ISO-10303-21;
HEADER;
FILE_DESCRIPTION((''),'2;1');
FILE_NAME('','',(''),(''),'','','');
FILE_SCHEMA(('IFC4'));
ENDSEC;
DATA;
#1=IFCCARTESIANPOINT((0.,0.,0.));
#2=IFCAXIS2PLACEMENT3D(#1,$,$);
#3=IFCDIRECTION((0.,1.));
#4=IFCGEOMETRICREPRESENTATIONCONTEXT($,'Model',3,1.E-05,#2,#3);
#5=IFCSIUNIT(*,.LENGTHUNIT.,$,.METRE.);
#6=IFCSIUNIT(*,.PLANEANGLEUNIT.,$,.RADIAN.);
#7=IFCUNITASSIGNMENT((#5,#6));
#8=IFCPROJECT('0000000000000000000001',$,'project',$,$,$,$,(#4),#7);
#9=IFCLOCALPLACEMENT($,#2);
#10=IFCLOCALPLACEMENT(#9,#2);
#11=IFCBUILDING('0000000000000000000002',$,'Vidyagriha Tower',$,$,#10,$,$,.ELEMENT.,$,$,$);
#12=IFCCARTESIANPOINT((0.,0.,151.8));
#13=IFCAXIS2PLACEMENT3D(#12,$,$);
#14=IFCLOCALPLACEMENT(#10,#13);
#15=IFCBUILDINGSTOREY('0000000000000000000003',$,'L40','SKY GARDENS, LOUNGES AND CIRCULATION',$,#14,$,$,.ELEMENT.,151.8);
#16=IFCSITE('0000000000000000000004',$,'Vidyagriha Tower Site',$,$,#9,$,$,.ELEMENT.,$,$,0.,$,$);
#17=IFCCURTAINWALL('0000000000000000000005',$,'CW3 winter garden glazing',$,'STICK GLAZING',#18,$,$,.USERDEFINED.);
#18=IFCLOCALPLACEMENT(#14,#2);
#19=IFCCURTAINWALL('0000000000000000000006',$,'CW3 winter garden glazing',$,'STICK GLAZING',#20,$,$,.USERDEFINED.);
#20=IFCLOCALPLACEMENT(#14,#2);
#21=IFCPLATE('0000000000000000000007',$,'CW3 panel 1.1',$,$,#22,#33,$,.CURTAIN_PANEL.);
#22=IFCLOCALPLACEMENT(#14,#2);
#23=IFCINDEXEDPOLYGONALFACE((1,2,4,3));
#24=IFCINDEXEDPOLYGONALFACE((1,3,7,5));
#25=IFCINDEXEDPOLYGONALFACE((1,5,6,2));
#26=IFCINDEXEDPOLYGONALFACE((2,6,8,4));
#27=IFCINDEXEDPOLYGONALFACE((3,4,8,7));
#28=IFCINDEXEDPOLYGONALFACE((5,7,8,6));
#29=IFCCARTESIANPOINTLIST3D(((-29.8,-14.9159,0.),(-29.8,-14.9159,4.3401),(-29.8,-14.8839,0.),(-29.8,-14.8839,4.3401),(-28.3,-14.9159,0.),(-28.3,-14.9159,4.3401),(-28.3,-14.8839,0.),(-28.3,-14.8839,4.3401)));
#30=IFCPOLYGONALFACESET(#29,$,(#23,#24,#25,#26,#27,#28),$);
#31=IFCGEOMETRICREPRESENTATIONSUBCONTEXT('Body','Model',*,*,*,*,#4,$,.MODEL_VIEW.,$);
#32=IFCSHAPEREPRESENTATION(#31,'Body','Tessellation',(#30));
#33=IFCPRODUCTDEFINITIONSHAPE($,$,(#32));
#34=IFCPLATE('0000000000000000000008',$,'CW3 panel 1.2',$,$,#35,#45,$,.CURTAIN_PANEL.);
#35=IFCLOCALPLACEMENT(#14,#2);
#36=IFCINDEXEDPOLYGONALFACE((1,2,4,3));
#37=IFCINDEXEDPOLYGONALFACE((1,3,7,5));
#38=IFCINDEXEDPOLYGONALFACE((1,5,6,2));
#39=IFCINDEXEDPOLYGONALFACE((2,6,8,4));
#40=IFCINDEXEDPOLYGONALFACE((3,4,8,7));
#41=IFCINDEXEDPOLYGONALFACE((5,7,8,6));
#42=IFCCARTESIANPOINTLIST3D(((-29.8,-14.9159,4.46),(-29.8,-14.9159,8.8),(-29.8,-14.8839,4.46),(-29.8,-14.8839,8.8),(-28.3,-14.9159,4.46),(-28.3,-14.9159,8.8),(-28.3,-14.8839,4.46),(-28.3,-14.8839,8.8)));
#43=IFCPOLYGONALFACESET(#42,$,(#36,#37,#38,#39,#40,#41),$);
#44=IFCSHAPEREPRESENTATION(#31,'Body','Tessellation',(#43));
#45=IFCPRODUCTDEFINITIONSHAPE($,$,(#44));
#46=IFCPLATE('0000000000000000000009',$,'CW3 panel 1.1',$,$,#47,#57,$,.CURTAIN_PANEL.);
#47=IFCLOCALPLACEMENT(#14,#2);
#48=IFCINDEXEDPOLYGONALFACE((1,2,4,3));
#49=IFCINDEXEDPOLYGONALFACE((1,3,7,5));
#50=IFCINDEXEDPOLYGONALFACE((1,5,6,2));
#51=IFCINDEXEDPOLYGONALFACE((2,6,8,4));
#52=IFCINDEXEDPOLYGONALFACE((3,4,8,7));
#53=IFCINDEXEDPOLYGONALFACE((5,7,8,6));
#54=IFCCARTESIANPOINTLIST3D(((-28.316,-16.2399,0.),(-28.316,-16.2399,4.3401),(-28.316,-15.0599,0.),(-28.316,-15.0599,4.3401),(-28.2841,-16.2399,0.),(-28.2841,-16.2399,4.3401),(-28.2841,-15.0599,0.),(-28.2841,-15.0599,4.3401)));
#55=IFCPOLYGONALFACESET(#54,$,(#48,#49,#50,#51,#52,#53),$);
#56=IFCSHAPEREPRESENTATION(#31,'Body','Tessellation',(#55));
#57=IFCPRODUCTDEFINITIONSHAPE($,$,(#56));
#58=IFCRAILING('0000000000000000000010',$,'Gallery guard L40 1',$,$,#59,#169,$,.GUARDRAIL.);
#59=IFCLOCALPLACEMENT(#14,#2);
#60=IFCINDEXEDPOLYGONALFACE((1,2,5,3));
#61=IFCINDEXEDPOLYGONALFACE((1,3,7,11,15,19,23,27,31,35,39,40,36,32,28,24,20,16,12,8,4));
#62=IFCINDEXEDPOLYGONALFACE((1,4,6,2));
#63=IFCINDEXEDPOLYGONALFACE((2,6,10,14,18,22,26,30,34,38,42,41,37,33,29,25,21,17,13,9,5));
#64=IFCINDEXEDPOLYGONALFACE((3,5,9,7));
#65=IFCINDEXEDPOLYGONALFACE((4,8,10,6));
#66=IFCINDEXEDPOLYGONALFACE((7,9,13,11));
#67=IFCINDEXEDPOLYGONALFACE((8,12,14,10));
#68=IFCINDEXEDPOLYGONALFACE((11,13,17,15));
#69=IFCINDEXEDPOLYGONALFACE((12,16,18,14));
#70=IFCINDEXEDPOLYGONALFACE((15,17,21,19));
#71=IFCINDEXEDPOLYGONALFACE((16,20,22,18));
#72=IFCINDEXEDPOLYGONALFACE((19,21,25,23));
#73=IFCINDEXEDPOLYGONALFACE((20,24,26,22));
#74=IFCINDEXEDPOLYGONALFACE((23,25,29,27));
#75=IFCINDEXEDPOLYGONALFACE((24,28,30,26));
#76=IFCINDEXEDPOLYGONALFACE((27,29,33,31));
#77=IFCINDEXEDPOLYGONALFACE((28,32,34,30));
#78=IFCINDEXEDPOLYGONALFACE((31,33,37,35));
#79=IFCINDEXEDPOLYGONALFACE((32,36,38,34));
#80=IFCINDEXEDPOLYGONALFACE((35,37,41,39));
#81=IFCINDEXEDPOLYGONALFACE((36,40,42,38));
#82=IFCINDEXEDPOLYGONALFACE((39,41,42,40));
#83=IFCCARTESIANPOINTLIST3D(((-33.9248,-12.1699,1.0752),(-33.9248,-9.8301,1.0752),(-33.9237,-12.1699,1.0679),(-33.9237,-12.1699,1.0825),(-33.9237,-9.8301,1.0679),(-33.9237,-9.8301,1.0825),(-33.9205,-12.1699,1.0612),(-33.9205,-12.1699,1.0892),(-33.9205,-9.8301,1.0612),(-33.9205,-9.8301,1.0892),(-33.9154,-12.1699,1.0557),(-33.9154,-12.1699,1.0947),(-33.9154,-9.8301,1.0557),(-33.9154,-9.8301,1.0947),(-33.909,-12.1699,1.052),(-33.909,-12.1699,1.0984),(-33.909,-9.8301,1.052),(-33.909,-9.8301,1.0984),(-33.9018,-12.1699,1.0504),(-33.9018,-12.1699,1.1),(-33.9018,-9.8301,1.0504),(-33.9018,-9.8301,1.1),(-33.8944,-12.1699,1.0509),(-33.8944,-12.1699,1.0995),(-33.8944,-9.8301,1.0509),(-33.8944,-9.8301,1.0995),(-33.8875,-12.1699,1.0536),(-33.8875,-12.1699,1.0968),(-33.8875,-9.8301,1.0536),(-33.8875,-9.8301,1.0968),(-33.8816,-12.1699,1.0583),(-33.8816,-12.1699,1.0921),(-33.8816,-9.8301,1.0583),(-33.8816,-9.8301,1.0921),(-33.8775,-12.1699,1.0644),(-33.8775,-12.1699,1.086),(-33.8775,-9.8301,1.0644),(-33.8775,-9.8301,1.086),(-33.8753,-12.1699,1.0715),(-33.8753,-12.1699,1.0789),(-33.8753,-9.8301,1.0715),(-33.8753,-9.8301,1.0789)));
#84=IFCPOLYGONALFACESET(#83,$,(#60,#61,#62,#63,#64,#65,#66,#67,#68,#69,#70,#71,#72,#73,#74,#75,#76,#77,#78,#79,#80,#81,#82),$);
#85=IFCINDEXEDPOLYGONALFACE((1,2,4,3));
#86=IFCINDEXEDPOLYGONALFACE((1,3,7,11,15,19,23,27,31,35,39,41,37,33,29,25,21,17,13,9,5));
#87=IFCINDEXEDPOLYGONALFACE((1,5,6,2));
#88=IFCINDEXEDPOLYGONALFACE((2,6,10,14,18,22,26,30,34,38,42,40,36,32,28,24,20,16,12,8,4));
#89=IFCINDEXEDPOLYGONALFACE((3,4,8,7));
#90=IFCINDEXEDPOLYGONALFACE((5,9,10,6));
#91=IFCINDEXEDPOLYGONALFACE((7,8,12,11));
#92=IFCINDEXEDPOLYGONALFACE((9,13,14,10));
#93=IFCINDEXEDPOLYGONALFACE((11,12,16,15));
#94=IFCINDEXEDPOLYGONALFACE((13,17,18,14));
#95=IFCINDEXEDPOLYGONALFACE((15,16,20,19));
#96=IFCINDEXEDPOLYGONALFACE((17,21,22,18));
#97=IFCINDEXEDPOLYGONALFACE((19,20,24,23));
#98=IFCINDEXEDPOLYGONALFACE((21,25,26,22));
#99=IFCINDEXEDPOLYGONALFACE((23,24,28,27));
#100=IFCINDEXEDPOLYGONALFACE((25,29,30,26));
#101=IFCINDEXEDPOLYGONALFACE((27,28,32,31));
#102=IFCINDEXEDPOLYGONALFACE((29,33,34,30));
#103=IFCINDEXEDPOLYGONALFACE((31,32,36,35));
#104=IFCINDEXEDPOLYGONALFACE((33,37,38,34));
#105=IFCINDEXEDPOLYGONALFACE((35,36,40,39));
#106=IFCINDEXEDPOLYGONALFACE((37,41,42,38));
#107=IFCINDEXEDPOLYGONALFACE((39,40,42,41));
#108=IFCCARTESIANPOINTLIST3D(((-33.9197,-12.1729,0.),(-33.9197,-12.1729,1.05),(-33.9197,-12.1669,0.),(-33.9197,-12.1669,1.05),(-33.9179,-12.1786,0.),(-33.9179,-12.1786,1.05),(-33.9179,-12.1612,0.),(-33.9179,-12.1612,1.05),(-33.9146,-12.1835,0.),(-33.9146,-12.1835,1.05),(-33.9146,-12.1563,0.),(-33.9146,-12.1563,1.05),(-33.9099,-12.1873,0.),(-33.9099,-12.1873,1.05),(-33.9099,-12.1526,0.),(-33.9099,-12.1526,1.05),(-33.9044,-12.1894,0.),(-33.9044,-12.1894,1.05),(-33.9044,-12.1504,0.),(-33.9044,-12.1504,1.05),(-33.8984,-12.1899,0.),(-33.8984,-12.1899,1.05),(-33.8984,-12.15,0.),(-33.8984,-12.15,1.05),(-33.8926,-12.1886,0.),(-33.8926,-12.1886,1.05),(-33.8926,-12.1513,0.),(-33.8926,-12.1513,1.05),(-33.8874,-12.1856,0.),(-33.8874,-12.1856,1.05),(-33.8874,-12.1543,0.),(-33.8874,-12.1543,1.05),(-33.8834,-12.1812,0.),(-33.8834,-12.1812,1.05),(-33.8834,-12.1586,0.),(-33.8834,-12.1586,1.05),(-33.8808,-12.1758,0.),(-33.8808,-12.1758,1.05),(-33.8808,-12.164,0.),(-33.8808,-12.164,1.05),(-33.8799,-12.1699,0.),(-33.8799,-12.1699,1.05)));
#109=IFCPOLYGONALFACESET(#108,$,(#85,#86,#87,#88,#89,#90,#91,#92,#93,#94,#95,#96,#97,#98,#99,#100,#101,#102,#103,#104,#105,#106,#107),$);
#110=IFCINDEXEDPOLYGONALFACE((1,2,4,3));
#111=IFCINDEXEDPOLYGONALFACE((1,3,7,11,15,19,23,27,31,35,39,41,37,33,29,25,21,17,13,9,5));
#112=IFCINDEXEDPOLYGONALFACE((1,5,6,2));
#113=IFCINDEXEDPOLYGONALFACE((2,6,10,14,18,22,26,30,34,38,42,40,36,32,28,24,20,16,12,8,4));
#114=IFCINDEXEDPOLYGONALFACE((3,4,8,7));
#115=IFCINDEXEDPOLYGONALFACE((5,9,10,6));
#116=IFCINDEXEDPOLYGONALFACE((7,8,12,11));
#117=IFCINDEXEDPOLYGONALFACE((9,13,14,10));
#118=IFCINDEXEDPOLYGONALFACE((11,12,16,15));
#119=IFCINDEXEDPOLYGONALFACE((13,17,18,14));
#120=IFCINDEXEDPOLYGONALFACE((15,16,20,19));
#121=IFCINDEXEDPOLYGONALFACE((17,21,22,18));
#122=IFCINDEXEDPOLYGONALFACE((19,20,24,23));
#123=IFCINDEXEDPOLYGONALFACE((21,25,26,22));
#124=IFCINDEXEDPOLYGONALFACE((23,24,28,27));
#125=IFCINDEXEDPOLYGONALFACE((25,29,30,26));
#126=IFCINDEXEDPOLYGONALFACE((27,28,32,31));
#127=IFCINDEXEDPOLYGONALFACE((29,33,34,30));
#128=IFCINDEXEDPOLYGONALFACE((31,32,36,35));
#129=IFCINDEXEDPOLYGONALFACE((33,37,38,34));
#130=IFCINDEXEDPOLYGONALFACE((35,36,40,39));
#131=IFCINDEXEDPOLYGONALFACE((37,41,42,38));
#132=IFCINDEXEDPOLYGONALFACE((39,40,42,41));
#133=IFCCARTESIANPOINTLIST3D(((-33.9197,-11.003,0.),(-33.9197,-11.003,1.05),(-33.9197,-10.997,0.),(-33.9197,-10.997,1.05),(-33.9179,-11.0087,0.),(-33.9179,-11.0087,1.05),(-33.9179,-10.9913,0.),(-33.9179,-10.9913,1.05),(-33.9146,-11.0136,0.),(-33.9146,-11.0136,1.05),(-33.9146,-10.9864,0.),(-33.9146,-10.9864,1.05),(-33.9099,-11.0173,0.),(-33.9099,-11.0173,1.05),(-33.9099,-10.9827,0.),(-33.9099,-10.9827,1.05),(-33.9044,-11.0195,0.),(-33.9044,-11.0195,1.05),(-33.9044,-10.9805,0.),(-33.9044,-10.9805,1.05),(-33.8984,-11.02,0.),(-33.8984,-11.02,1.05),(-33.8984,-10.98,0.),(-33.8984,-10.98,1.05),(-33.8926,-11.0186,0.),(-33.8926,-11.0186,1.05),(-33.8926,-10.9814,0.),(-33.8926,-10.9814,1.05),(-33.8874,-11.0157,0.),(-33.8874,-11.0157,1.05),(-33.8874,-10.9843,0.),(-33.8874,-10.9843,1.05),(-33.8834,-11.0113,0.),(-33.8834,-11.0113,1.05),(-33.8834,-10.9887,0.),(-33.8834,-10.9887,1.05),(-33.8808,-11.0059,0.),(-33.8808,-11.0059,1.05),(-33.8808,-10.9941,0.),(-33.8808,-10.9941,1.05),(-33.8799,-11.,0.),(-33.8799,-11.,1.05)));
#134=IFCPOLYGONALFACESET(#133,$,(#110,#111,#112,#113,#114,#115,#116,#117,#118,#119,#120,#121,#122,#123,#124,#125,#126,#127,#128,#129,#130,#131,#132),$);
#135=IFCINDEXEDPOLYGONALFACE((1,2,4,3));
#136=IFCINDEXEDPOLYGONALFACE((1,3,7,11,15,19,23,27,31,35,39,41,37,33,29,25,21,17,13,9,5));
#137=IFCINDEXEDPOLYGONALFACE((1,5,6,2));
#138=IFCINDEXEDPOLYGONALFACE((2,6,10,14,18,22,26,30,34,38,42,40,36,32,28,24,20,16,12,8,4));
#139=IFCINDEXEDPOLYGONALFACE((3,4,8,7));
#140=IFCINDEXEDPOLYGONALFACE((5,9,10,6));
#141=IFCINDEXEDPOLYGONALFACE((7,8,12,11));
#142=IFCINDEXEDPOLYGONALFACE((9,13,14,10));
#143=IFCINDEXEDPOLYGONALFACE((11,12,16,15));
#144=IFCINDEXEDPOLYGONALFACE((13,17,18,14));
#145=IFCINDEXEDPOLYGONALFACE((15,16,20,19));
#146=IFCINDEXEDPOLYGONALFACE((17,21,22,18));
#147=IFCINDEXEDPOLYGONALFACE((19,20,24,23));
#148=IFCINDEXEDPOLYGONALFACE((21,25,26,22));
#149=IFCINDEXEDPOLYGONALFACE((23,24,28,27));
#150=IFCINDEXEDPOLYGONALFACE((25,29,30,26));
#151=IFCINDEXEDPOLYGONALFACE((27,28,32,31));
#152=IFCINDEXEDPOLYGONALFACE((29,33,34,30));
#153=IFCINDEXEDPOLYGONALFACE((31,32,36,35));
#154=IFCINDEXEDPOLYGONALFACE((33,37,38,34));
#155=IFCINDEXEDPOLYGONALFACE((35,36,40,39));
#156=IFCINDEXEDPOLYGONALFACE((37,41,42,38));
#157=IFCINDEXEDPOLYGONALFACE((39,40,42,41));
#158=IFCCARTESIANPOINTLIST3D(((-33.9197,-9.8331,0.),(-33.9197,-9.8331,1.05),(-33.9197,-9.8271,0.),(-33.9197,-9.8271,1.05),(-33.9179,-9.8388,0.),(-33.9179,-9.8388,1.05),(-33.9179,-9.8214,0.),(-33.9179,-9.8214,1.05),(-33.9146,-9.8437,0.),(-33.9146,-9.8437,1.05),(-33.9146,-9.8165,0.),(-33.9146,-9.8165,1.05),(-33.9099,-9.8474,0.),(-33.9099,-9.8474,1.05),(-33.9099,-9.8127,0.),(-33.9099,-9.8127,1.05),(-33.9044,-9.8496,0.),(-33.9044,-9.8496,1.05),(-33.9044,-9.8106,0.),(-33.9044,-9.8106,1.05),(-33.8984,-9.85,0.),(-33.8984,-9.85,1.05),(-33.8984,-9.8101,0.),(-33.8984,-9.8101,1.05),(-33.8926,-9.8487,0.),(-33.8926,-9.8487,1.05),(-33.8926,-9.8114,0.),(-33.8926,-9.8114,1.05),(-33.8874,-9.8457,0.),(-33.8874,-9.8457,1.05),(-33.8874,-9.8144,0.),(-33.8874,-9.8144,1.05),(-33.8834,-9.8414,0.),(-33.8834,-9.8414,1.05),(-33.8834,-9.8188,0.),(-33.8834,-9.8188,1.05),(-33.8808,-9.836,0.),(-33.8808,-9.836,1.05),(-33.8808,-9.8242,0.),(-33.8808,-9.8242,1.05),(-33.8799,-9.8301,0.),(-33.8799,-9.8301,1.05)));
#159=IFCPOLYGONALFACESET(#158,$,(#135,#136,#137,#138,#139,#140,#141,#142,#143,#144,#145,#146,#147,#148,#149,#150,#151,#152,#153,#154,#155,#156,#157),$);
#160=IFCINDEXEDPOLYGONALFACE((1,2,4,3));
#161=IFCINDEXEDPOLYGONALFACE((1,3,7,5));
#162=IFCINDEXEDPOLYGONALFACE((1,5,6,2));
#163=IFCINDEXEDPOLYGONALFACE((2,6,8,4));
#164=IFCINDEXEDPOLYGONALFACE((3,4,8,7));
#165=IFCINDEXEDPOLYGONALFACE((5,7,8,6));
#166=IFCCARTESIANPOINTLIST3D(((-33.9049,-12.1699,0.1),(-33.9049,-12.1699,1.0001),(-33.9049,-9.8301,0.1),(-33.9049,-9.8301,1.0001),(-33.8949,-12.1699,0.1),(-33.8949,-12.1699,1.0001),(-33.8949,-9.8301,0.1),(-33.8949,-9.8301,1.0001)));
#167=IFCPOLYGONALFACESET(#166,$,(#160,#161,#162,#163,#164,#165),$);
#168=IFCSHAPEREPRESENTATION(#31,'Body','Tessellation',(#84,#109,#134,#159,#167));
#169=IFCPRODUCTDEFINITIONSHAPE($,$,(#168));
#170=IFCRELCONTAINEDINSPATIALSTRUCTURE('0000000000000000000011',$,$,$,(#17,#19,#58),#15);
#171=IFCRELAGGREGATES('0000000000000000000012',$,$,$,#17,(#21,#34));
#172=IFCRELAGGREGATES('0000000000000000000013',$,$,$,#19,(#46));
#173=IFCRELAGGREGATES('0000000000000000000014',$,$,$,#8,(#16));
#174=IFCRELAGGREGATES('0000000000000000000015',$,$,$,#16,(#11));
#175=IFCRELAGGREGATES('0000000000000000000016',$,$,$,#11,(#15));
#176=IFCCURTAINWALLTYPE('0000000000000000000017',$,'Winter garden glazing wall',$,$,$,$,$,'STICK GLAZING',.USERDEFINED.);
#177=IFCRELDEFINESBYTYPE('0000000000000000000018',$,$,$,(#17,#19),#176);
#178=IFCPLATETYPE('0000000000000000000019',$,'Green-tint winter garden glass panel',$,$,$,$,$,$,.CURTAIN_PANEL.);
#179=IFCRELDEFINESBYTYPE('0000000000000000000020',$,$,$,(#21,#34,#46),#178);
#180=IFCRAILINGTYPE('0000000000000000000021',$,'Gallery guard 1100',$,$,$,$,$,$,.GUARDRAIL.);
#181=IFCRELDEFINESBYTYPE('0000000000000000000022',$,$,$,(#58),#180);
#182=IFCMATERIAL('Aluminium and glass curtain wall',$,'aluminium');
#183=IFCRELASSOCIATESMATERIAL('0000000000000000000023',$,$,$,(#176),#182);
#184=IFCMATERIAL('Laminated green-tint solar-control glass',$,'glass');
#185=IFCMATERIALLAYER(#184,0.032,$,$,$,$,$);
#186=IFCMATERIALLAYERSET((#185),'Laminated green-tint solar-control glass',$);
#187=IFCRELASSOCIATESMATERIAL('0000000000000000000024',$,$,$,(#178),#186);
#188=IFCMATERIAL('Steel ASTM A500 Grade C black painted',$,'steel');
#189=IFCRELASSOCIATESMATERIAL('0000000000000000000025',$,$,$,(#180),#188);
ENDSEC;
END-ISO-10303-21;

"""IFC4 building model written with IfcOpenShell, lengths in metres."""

from ifc_helpers import new_model, si_unit, direction, frame, origin, origin_2d, place, context, subcontext, project, spatial, rectangle, circle, extrude, material, layer, layer_set, type_object, element, aggregate, save


model = new_model("IFC4")

# Units and contexts
model_context = context("Model", 3, precision=1e-05, world=origin(), true_north=direction((0.0, 1.0)))
body_context = subcontext(model_context, "Body", "Model", "MODEL_VIEW")
ifc_project = project(units=[si_unit("LENGTHUNIT", "METRE"), si_unit("PLANEANGLEUNIT", "RADIAN")], contexts=[model_context])

# Site, building, storey
site_placement = place(None, origin())
site = spatial("IfcSite", under=ifc_project, at=site_placement, Name="Vidyagriha Tower Site", CompositionType="ELEMENT", RefElevation=0.0)
building_placement = place(site_placement, origin())
building = spatial("IfcBuilding", under=site, at=building_placement, Name="Vidyagriha Tower", CompositionType="ELEMENT")
storey_placement = place(building_placement, frame((0.0, 0.0, 151.8)))
storey = spatial("IfcBuildingStorey", under=building, at=storey_placement, Name="L40", Description="SKY GARDENS, LOUNGES AND CIRCULATION", CompositionType="ELEMENT", Elevation=151.8)

# Shared definitions
ifc_material_1 = material(Name="Aluminium and glass curtain wall", Category="aluminium")
curtain_wall_type = type_object("IfcCurtainWallType", Name="Winter garden glazing wall", ElementType="STICK GLAZING", PredefinedType="USERDEFINED", material=ifc_material_1)

# Curtain walls
curtain_wall_1_placement = place(storey_placement, origin())
curtain_wall_1 = element("IfcCurtainWall", 1, at=curtain_wall_1_placement, inside=storey, type_object=curtain_wall_type, Name="CW3 winter garden glazing", ObjectType="STICK GLAZING", PredefinedType="USERDEFINED")
curtain_wall_2_placement = place(storey_placement, origin())
curtain_wall_2 = element("IfcCurtainWall", 2, at=curtain_wall_2_placement, inside=storey, type_object=curtain_wall_type, Name="CW3 winter garden glazing", ObjectType="STICK GLAZING", PredefinedType="USERDEFINED")

# Plates
ifc_material_2 = material(Name="Laminated green-tint solar-control glass", Category="glass")
ifc_layer = layer(ifc_material_2, 0.032)
ifc_layer_set = layer_set([ifc_layer], Name="Laminated green-tint solar-control glass")
plate_type = type_object("IfcPlateType", Name="Green-tint winter garden glass panel", PredefinedType="CURTAIN_PANEL", material=ifc_layer_set)
plate_1_placement = place(storey_placement, frame((-29.05, -14.8999, 0.0)))
plate_1 = element("IfcPlate", 3, at=plate_1_placement, type_object=plate_type, Name="CW3 panel 1.1", PredefinedType="CURTAIN_PANEL", context=body_context, shape_type="SweptSolid", body=[
    extrude(rectangle(XDim=1.5, YDim=0.032, at=origin_2d()), origin(), (0.0, 0.0, 1.0), 4.3401),
])
plate_2_placement = place(storey_placement, frame((-29.05, -14.8999, 4.46)))
plate_2 = element("IfcPlate", 4, at=plate_2_placement, type_object=plate_type, Name="CW3 panel 1.2", PredefinedType="CURTAIN_PANEL", context=body_context, shape_type="SweptSolid", body=[
    extrude(rectangle(XDim=1.5, YDim=0.032, at=origin_2d()), origin(), (0.0, 0.0, 1.0), 4.3401),
])
aggregate(curtain_wall_1, [plate_1, plate_2])
plate_3_placement = place(storey_placement, frame((-28.3, -15.6499, 0.0), z_axis=(0.0, 0.0, 1.0), x_axis=(0.0, -1.0, 0.0)))
plate_3 = element("IfcPlate", 5, at=plate_3_placement, type_object=plate_type, Name="CW3 panel 1.1", PredefinedType="CURTAIN_PANEL", context=body_context, shape_type="SweptSolid", body=[
    extrude(rectangle(XDim=1.1799, YDim=0.032, at=origin_2d()), origin(), (0.0, 0.0, 1.0), 4.3401),
])
aggregate(curtain_wall_2, [plate_3])

# Railing
ifc_material_3 = material(Name="Steel ASTM A500 Grade C black painted", Category="steel")
railing_type = type_object("IfcRailingType", Name="Gallery guard 1100", PredefinedType="GUARDRAIL", material=ifc_material_3)
railing_1_placement = place(storey_placement, frame((-33.8999, -12.1699, 0.0)))
element("IfcRailing", 6, at=railing_1_placement, inside=storey, type_object=railing_type, Name="Gallery guard L40 1", PredefinedType="GUARDRAIL", context=body_context, shape_type="SweptSolid", body=[
    extrude(circle(Radius=0.0249, at=origin_2d()), frame((0.0, 0.0, 1.0752), z_axis=(0.0, 1.0, 0.0), x_axis=(-1.0, 0.0, 0.0)), (0.0, 0.0, 1.0), 2.3398),
    extrude(circle(Radius=0.02, at=origin_2d()), origin(), (0.0, 0.0, 1.0), 1.05),
    extrude(circle(Radius=0.02, at=origin_2d()), frame((0.0, 1.1699, 0.0)), (0.0, 0.0, 1.0), 1.05),
    extrude(circle(Radius=0.02, at=origin_2d()), frame((0.0, 2.3398, 0.0)), (0.0, 0.0, 1.0), 1.05),
    extrude(rectangle(XDim=0.01, YDim=0.9001, at=origin_2d()), frame((0.0, 0.0, 0.55), z_axis=(0.0, 1.0, 0.0), x_axis=(-1.0, 0.0, 0.0)), (0.0, 0.0, 1.0), 2.3398),
])

save(model, "model.ifc")
